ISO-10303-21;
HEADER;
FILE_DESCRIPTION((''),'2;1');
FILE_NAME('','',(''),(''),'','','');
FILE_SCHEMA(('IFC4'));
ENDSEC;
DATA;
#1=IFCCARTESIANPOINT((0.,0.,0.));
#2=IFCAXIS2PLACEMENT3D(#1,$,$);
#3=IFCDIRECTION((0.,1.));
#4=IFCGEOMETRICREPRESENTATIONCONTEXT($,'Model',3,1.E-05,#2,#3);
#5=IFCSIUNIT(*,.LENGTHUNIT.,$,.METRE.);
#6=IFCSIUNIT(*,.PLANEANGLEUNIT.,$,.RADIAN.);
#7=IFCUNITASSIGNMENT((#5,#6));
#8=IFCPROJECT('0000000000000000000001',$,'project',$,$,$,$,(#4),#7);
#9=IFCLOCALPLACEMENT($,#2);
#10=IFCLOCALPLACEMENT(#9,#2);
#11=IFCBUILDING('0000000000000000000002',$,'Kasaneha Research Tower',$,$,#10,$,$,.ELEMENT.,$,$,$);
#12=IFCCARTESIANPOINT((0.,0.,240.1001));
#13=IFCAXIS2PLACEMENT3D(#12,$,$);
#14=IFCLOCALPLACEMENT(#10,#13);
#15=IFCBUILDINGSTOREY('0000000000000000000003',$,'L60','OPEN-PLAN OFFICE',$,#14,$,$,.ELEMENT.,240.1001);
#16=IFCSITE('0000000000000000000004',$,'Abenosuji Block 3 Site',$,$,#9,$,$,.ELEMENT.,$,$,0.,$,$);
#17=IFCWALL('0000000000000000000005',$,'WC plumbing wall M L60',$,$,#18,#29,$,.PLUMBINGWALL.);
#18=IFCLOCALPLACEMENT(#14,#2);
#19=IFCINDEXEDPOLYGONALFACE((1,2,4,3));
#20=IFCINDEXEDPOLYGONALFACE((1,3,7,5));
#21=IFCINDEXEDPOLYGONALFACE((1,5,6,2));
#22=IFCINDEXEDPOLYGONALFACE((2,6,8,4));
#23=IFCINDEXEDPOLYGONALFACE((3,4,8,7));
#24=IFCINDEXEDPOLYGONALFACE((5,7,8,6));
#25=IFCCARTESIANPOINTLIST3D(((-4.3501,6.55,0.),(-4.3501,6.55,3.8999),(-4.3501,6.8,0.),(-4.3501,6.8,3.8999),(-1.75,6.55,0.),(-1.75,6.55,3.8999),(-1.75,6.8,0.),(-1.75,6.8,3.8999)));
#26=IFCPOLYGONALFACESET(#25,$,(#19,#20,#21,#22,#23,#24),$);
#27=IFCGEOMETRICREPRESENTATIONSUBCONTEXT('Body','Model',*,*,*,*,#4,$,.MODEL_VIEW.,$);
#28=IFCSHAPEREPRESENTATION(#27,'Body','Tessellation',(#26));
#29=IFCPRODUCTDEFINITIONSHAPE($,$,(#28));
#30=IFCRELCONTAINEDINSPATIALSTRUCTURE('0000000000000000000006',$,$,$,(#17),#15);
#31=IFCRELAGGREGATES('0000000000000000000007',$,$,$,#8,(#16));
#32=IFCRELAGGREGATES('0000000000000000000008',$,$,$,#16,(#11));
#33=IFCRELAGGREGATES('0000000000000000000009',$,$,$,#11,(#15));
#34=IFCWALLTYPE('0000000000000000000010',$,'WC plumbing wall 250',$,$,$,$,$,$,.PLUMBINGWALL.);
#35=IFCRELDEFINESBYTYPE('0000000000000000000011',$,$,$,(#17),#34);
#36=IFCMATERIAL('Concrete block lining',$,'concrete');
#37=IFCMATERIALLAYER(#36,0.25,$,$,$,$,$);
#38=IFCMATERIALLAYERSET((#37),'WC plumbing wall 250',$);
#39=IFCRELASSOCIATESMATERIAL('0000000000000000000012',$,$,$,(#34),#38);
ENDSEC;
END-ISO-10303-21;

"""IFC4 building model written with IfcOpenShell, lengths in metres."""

from ifc_helpers import new_model, si_unit, direction, frame, frame_2d, origin, place, context, subcontext, project, spatial, rectangle, extrude, material, layer, layer_set, type_object, element, save


model = new_model("IFC4")

# Units and contexts
model_context = context("Model", 3, precision=1e-05, world=origin(), true_north=direction((0.0, 1.0)))
body_context = subcontext(model_context, "Body", "Model", "MODEL_VIEW")
ifc_project = project(units=[si_unit("LENGTHUNIT", "METRE"), si_unit("PLANEANGLEUNIT", "RADIAN")], contexts=[model_context])

# Site, building, storey
site_placement = place(None, origin())
site = spatial("IfcSite", under=ifc_project, at=site_placement, Name="Abenosuji Block 3 Site", CompositionType="ELEMENT", RefElevation=0.0)
building_placement = place(site_placement, origin())
building = spatial("IfcBuilding", under=site, at=building_placement, Name="Kasaneha Research Tower", CompositionType="ELEMENT")
storey_placement = place(building_placement, frame((0.0, 0.0, 240.1001)))
storey = spatial("IfcBuildingStorey", under=building, at=storey_placement, Name="L60", Description="OPEN-PLAN OFFICE", CompositionType="ELEMENT", Elevation=240.1001)

# Wall
ifc_material_1 = material(Name="Concrete block lining", Category="concrete")
ifc_layer_1 = layer(ifc_material_1, 0.25)
ifc_layer_set_1 = layer_set([ifc_layer_1], Name="WC plumbing wall 250")
wall_type_1 = type_object("IfcWallType", Name="WC plumbing wall 250", PredefinedType="PLUMBINGWALL", material=ifc_layer_set_1)
wall_1_placement = place(storey_placement, frame((-4.3501, 6.675, 0.0), z_axis=(0.0, 0.0, 1.0), x_axis=(1.0, 0.0, 0.0)))
element("IfcWall", 1, at=wall_1_placement, inside=storey, type_object=wall_type_1, Name="WC plumbing wall M L60", PredefinedType="PLUMBINGWALL", context=body_context, shape_type="SweptSolid", body=[
    extrude(rectangle(XDim=2.6001, YDim=0.25, at=frame_2d((1.3, 0.0))), origin(), (0.0, 0.0, 1.0), 3.8999),
])

save(model, "model.ifc")
